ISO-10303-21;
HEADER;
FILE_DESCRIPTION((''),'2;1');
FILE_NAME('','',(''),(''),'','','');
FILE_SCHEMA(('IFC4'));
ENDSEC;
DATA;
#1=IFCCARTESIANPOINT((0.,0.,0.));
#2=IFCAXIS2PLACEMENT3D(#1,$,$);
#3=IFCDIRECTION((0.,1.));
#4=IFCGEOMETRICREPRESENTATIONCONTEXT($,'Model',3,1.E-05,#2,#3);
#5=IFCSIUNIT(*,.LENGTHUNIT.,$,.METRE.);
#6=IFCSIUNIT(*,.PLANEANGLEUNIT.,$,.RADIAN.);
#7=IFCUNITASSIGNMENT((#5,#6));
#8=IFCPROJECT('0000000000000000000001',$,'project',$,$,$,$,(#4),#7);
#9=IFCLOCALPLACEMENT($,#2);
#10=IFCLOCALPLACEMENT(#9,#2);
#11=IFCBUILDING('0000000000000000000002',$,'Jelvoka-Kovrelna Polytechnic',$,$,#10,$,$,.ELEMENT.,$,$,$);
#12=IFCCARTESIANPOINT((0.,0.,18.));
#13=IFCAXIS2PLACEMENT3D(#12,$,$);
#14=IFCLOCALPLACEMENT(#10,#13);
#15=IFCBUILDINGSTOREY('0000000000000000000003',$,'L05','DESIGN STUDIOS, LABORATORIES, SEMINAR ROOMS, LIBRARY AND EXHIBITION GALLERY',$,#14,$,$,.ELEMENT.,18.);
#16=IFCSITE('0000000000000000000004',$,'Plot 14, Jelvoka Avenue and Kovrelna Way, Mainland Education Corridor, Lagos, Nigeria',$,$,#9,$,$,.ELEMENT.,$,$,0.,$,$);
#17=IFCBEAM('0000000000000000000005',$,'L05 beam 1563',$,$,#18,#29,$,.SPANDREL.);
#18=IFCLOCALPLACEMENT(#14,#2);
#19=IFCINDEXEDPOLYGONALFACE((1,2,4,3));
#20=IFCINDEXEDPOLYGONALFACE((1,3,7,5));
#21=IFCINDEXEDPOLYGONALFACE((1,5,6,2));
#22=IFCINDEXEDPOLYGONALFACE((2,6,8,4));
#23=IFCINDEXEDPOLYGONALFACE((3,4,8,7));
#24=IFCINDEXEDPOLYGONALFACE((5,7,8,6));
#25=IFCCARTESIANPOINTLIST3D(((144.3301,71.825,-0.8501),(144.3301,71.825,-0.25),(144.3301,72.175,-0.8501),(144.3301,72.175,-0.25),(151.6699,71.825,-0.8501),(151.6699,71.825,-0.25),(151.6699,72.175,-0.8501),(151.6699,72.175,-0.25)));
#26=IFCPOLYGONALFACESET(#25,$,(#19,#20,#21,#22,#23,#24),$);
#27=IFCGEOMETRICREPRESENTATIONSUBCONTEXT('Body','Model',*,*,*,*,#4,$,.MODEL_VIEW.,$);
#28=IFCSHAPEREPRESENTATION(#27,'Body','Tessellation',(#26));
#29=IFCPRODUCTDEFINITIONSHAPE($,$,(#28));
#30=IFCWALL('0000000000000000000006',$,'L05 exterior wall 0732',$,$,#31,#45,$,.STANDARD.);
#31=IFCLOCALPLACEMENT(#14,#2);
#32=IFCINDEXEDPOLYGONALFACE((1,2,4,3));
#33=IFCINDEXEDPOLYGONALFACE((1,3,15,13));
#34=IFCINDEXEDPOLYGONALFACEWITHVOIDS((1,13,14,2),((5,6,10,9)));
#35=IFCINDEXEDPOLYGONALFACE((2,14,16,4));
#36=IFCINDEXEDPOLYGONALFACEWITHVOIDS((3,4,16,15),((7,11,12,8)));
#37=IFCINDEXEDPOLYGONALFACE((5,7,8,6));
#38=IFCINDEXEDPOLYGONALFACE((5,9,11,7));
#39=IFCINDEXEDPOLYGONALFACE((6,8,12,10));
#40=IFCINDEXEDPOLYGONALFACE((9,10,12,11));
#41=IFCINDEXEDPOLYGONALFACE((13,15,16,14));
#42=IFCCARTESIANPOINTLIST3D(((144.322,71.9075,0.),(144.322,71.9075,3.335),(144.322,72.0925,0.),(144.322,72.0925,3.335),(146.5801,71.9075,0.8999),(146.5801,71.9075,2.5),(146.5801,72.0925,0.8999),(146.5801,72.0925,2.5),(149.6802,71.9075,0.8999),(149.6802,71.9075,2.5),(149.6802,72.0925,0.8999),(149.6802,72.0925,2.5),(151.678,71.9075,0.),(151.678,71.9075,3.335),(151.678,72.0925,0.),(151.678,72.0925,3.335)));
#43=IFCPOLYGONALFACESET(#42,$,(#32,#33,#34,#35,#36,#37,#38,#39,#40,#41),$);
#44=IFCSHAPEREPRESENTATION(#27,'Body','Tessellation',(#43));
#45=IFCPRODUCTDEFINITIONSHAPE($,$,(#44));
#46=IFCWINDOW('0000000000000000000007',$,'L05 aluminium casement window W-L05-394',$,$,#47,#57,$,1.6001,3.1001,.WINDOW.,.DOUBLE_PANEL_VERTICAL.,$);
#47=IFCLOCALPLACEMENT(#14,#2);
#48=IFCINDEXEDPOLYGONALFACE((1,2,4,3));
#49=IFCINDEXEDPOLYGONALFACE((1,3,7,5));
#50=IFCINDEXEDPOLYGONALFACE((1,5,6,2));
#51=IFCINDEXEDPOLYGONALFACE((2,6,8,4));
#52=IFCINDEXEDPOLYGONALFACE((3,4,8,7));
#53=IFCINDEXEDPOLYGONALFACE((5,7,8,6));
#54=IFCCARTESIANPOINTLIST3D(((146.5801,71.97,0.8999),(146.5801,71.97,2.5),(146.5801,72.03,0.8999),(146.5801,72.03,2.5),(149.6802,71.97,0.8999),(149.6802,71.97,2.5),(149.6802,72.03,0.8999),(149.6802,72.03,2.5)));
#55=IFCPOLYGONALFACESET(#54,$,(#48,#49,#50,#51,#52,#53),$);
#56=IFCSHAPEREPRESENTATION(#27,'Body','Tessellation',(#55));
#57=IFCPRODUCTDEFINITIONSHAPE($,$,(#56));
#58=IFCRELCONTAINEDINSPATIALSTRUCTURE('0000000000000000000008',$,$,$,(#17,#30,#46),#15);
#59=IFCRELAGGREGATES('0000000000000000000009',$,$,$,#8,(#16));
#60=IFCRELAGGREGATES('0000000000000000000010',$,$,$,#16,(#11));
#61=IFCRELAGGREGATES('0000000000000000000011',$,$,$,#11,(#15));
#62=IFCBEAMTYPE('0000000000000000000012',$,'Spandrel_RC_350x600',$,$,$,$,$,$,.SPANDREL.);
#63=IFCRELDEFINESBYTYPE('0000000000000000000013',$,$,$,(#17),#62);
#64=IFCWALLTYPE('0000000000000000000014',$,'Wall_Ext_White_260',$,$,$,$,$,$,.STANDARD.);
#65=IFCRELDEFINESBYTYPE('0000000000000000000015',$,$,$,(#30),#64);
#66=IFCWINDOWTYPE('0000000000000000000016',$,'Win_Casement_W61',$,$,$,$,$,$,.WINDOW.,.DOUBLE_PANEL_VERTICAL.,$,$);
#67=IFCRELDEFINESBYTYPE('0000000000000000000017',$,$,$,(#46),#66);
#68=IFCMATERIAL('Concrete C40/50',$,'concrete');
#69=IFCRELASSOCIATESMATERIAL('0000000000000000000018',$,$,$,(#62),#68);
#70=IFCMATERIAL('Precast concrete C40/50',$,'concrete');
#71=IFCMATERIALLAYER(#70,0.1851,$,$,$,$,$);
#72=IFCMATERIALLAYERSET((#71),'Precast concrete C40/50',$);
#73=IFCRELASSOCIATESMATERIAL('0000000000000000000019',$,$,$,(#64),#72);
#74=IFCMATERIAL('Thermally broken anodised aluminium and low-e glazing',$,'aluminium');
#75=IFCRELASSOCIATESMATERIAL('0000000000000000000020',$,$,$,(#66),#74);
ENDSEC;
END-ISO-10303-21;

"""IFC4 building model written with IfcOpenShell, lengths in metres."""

from ifc_helpers import new_model, si_unit, direction, frame, frame_2d, origin, origin_2d, place, context, subcontext, project, spatial, rectangle, extrude, material, layer, layer_set, material_profile, profile_set, type_object, element, fill, save


model = new_model("IFC4")

# Units and contexts
model_context = context("Model", 3, precision=1e-05, world=origin(), true_north=direction((0.0, 1.0)))
body_context = subcontext(model_context, "Body", "Model", "MODEL_VIEW")
ifc_project = project(units=[si_unit("LENGTHUNIT", "METRE"), si_unit("PLANEANGLEUNIT", "RADIAN")], contexts=[model_context])

# Site, building, storey
site_placement = place(None, origin())
site = spatial("IfcSite", under=ifc_project, at=site_placement, Name="Plot 14, Jelvoka Avenue and Kovrelna Way, Mainland Education Corridor, Lagos, Nigeria", CompositionType="ELEMENT", RefElevation=0.0)
building_placement = place(site_placement, origin())
building = spatial("IfcBuilding", under=site, at=building_placement, Name="Jelvoka-Kovrelna Polytechnic", CompositionType="ELEMENT")
storey_placement = place(building_placement, frame((0.0, 0.0, 18.0)))
storey = spatial("IfcBuildingStorey", under=building, at=storey_placement, Name="L05", Description="DESIGN STUDIOS, LABORATORIES, SEMINAR ROOMS, LIBRARY AND EXHIBITION GALLERY", CompositionType="ELEMENT", Elevation=18.0)

# Beam
ifc_material_1 = material(Name="Concrete C40/50", Category="concrete")
ifc_material_profile_1 = material_profile(ifc_material_1, rectangle(XDim=0.3501, YDim=0.6001, at=origin_2d()), Name="RC 350x600")
ifc_profile_set_1 = profile_set([ifc_material_profile_1], Name="Concrete C40/50")
beam_type_1 = type_object("IfcBeamType", Name="Spandrel_RC_350x600", PredefinedType="SPANDREL", material=ifc_profile_set_1)
for number, where, z_axis, x_axis, name in (
    (1, (144.3301, 72.0, -0.55), (1.0, 0.0, 0.0), (0.0, 1.0, 0.0), "L05 beam 1563"),
):
    element("IfcBeam", number, at=place(storey_placement, frame(where, z_axis=z_axis, x_axis=x_axis)), inside=storey, type_object=beam_type_1, Name=name, PredefinedType="SPANDREL", context=body_context, shape_type="SweptSolid", body=[
        extrude(rectangle(XDim=0.3501, YDim=0.6001, at=origin_2d()), origin(), (0.0, 0.0, 1.0), 7.3398),
    ])

# Wall, opening, window
ifc_material_2 = material(Name="Precast concrete C40/50", Category="concrete")
ifc_layer = layer(ifc_material_2, 0.1851)
ifc_layer_set = layer_set([ifc_layer], Name="Precast concrete C40/50")
wall_type = type_object("IfcWallType", Name="Wall_Ext_White_260", PredefinedType="STANDARD", material=ifc_layer_set)
wall_placement = place(storey_placement, frame((144.322, 72.0, 0.0), z_axis=(0.0, 0.0, 1.0), x_axis=(1.0, 0.0, 0.0)))
wall = element("IfcWall", 2, at=wall_placement, inside=storey, type_object=wall_type, Name="L05 exterior wall 0732", PredefinedType="STANDARD", context=body_context, shape_type="SweptSolid", body=[
    extrude(rectangle(XDim=7.356, YDim=0.1851, at=frame_2d((3.678, 0.0))), origin(), (0.0, 0.0, 1.0), 3.335),
])
opening_placement = place(wall_placement, frame((2.2581, 0.0, 0.8999)))
opening = element("IfcOpeningElement", 3, at=opening_placement, cuts=wall, PredefinedType="OPENING", context=body_context, shape_type="SweptSolid", body=[
    extrude(rectangle(XDim=3.1001, YDim=1.6001, at=frame_2d((1.55, 0.8))), frame((0.0, 0.1025, 0.0), z_axis=(0.0, -1.0, 0.0), x_axis=(1.0, 0.0, 0.0)), (0.0, 0.0, 1.0), 0.2051),
])
ifc_material_3 = material(Name="Thermally broken anodised aluminium and low-e glazing", Category="aluminium")
window_type = type_object("IfcWindowType", Name="Win_Casement_W61", PartitioningType="DOUBLE_PANEL_VERTICAL", PredefinedType="WINDOW", material=ifc_material_3)
window_placement = place(opening_placement, origin())
window = element("IfcWindow", 4, at=window_placement, inside=storey, type_object=window_type, Name="L05 aluminium casement window W-L05-394", OverallHeight=1.6001, OverallWidth=3.1001, PartitioningType="DOUBLE_PANEL_VERTICAL", PredefinedType="WINDOW", context=body_context, shape_type="SweptSolid", body=[
    extrude(rectangle(XDim=3.1001, YDim=1.6001, at=frame_2d((1.55, 0.8))), frame((0.0, 0.03, 0.0), z_axis=(0.0, -1.0, 0.0), x_axis=(1.0, 0.0, 0.0)), (0.0, 0.0, 1.0), 0.0601),
])
fill(opening, window)

save(model, "model.ifc")
